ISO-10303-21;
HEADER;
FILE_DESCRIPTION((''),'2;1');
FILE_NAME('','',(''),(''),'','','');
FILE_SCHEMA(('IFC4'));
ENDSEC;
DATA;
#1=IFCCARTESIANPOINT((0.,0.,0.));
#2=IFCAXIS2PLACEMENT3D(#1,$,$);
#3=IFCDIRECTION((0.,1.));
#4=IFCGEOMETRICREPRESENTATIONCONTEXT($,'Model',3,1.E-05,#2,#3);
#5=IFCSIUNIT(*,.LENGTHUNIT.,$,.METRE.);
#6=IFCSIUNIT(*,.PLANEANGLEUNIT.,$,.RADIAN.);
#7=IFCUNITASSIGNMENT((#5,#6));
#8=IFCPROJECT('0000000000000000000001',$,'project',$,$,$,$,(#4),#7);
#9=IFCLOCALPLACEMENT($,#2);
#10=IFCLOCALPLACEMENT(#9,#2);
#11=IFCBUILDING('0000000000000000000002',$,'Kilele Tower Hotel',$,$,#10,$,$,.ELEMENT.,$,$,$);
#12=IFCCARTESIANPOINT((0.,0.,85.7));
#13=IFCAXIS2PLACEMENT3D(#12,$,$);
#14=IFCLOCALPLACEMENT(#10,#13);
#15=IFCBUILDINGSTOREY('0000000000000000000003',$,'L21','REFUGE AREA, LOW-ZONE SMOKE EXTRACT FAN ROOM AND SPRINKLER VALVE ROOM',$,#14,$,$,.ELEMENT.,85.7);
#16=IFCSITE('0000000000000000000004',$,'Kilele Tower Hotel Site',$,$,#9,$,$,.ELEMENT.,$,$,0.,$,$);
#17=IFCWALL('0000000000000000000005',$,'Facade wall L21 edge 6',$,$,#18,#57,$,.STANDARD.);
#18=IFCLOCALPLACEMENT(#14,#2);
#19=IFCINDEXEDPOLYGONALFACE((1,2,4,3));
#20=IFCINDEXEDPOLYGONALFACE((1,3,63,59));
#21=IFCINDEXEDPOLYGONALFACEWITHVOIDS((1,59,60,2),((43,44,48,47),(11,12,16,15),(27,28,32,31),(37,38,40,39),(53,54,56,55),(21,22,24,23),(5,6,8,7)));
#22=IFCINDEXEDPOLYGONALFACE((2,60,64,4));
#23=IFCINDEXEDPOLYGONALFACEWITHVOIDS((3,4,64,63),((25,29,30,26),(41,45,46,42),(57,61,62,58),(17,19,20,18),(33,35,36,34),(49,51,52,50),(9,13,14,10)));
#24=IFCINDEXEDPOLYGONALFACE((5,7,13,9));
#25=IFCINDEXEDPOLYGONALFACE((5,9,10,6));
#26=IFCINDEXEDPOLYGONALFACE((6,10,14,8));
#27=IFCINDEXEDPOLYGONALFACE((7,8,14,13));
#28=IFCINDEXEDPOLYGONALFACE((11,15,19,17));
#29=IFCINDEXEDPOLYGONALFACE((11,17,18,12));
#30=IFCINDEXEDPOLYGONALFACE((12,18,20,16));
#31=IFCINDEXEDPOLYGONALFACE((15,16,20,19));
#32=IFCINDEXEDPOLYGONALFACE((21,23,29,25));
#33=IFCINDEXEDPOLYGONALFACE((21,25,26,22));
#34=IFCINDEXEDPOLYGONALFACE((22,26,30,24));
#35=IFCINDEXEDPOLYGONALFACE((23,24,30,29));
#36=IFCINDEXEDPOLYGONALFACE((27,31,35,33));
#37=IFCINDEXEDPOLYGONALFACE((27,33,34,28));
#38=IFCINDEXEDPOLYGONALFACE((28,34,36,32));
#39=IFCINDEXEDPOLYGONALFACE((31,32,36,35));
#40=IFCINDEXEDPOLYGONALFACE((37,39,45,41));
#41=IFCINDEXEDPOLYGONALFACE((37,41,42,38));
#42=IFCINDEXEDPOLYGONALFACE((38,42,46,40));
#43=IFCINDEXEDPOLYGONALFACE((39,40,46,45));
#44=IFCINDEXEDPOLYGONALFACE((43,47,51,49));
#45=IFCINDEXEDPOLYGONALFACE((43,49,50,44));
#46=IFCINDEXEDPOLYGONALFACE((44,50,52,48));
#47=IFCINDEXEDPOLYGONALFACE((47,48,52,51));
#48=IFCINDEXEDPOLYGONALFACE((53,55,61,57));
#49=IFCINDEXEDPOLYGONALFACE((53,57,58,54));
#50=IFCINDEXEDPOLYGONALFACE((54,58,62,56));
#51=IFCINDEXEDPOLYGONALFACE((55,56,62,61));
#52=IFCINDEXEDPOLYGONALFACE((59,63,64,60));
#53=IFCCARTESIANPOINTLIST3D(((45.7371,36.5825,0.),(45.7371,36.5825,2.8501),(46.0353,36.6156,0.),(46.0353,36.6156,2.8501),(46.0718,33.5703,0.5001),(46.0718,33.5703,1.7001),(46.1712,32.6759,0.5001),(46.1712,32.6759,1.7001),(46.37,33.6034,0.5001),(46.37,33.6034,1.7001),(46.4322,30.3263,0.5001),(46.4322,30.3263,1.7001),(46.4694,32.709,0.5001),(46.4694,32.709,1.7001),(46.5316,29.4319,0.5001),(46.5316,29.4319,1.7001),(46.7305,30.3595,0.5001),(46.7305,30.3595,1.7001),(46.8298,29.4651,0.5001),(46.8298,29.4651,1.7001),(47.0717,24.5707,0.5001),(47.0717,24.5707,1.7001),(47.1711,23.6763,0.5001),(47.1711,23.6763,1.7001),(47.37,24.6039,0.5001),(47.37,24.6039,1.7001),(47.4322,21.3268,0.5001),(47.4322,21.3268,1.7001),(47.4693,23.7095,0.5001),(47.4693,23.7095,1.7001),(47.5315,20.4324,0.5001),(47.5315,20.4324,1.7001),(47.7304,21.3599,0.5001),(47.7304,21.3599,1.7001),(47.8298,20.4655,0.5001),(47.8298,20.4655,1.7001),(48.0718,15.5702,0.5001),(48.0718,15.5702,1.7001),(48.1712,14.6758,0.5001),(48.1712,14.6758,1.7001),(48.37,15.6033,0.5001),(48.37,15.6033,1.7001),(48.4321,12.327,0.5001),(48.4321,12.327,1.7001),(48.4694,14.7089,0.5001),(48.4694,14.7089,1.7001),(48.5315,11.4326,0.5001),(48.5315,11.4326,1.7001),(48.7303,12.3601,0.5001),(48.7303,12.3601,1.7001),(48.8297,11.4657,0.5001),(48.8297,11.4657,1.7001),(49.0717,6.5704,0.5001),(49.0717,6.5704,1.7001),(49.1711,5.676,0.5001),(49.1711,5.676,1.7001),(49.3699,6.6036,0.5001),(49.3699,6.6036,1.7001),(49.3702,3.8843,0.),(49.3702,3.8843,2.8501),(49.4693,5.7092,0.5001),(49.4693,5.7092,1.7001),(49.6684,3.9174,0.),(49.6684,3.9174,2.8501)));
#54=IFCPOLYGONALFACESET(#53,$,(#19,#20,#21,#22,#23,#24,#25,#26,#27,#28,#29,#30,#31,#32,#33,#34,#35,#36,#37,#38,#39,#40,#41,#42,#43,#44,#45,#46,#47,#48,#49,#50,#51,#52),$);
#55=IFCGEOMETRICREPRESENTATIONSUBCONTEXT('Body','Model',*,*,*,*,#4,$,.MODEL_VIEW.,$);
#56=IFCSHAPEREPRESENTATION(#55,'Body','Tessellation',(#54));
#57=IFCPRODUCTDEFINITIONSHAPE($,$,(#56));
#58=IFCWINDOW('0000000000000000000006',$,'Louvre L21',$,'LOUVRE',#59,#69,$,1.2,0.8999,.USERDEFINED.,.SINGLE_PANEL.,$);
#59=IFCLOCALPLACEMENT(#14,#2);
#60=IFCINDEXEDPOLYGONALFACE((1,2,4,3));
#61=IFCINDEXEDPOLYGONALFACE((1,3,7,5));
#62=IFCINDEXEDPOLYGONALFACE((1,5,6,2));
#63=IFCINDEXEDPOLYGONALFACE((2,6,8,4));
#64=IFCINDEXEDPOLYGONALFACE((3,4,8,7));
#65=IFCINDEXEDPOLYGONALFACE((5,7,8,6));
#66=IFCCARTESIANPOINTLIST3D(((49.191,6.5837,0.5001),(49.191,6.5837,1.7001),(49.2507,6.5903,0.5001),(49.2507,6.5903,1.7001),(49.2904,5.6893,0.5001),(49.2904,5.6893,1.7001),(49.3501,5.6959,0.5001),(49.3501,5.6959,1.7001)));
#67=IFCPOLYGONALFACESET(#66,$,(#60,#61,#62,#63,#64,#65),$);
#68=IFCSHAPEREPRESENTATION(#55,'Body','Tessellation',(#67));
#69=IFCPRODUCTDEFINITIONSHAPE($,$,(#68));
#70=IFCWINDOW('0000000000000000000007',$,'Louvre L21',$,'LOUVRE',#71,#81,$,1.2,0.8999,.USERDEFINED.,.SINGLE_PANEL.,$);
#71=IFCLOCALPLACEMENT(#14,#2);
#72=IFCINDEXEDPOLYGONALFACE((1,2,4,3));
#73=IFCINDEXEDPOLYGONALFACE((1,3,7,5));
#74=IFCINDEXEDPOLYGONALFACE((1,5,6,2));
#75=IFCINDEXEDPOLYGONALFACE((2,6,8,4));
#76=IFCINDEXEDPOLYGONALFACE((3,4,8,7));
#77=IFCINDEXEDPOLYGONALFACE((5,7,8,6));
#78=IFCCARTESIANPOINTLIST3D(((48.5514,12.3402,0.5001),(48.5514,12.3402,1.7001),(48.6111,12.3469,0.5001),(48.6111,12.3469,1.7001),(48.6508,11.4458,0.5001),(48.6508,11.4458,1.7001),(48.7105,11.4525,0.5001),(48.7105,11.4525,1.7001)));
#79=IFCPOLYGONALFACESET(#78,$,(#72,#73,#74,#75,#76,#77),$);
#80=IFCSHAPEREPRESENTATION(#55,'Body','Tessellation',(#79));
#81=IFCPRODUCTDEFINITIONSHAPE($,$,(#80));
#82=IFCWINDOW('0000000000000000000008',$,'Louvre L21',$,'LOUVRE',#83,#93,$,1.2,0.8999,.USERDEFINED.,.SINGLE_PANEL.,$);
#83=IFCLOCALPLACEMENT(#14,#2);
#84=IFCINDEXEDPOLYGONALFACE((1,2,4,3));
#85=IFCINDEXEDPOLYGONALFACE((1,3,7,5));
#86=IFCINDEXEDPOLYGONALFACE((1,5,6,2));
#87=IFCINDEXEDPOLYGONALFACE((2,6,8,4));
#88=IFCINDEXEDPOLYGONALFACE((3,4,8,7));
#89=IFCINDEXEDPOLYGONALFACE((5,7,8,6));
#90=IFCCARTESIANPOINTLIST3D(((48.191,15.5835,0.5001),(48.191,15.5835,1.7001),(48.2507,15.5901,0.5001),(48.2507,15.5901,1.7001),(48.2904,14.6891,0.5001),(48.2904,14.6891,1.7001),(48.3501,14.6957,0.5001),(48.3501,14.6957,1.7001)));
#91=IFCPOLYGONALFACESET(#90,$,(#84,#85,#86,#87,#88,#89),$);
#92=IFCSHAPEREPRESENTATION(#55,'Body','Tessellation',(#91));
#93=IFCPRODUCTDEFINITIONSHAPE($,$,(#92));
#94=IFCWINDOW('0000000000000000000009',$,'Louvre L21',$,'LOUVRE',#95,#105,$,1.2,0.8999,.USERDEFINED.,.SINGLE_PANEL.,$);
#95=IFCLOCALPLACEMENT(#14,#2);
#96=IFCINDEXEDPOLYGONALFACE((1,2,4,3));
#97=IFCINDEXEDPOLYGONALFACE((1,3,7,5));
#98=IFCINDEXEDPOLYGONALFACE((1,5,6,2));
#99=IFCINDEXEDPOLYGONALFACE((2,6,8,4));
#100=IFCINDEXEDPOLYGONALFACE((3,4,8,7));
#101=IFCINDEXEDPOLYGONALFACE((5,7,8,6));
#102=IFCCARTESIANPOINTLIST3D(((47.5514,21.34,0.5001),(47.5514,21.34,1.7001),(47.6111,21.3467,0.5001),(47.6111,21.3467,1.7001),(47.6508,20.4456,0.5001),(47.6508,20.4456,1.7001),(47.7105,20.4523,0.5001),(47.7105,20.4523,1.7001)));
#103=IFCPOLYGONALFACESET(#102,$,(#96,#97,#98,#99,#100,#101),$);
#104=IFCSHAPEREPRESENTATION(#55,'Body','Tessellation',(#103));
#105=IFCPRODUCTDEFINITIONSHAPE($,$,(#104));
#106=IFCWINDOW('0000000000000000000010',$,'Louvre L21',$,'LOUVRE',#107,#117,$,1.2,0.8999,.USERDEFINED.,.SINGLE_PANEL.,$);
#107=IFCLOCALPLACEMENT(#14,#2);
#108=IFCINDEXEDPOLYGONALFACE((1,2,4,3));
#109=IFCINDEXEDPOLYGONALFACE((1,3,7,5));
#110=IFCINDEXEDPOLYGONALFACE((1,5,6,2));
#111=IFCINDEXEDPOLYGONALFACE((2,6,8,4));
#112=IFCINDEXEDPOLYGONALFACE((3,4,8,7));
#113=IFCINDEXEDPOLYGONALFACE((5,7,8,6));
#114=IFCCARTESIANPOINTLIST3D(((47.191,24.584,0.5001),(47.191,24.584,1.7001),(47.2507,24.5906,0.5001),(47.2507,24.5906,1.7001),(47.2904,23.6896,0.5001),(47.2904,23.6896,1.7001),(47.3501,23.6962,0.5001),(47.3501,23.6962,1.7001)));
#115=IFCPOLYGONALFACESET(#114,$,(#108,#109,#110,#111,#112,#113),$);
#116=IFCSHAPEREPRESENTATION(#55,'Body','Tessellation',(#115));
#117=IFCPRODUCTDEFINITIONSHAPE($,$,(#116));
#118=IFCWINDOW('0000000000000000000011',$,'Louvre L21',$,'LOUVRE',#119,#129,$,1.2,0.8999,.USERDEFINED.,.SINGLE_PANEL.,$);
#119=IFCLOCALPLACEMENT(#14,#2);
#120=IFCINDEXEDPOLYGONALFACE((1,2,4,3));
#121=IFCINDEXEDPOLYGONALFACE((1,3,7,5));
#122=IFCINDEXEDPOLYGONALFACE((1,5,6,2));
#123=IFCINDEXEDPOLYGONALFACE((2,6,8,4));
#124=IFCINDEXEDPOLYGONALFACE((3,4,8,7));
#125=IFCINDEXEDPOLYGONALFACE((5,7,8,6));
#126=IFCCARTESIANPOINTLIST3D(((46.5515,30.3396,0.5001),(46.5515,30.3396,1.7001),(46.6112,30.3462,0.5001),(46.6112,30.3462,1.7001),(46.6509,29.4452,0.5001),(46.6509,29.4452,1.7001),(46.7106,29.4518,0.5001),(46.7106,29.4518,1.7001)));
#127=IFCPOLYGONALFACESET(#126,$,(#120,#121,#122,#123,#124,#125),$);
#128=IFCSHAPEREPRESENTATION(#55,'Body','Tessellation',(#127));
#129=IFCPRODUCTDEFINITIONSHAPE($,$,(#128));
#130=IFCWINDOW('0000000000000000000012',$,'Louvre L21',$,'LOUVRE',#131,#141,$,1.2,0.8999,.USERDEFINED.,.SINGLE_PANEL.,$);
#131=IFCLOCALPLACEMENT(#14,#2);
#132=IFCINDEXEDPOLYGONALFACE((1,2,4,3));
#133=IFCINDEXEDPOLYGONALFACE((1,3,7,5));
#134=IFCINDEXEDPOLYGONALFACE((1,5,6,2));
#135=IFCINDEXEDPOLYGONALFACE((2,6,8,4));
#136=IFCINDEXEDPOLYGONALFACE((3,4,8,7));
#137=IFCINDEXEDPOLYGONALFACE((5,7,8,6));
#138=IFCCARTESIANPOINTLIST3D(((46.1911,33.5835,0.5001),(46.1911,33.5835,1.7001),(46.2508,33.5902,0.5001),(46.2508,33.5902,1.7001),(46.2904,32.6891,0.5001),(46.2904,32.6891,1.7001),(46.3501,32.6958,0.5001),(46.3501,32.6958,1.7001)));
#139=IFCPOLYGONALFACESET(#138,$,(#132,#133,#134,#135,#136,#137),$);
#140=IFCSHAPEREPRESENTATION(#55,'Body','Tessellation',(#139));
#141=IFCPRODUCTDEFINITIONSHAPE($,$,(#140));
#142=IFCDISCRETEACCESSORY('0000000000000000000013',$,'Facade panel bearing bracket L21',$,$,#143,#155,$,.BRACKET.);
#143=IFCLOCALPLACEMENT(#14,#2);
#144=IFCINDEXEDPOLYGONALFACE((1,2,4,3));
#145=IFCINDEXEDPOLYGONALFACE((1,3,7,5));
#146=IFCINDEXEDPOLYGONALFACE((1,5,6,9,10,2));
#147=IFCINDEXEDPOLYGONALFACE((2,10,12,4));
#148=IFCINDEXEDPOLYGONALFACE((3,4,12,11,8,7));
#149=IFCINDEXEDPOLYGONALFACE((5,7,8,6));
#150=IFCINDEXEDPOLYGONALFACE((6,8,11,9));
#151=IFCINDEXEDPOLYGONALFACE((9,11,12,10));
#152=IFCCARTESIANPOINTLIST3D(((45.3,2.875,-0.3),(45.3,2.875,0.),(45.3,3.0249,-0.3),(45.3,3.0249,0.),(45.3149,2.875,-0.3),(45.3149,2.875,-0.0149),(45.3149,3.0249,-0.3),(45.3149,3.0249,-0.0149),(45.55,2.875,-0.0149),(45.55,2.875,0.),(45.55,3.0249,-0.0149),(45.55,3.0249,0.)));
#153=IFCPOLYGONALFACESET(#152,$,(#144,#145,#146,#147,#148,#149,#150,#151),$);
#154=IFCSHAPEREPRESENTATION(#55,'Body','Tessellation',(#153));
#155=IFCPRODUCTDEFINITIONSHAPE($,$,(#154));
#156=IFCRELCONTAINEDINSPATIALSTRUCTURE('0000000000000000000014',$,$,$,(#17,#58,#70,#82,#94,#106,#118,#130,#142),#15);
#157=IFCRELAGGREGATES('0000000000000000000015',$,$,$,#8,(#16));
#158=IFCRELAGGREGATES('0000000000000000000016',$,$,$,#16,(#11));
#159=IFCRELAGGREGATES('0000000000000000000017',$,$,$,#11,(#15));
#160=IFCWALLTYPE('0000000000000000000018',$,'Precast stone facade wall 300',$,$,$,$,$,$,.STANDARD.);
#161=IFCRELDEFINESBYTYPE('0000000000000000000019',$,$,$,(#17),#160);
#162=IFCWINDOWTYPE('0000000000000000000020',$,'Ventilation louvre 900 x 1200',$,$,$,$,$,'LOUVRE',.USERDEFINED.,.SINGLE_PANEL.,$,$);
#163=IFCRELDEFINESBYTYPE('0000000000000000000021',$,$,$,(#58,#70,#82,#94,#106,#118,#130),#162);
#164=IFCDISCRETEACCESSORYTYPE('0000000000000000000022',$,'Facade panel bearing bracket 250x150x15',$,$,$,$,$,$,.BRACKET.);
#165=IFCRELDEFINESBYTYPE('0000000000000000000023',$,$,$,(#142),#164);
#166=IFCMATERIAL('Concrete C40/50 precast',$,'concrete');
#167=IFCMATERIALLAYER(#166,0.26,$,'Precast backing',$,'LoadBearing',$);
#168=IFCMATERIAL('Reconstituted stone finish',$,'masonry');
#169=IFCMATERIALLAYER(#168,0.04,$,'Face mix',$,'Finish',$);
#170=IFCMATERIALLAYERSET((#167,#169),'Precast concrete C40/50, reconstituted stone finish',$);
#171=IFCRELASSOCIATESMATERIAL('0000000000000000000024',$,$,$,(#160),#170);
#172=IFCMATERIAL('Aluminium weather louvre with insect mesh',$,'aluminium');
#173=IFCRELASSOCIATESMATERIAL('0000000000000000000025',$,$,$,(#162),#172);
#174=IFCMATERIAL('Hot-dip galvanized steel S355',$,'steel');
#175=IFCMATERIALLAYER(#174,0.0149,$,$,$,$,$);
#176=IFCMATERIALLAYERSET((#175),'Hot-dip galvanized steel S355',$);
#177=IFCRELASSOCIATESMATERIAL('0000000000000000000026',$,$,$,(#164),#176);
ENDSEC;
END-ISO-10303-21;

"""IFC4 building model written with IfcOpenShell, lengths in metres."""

from ifc_helpers import new_model, si_unit, direction, frame, frame_2d, origin, place, context, subcontext, project, spatial, polyline, rectangle, outline, extrude, source, transform, mapped, material, layer, layer_set, type_object, element, fill, save


model = new_model("IFC4")

# Units and contexts
model_context = context("Model", 3, precision=1e-05, world=origin(), true_north=direction((0.0, 1.0)))
body_context = subcontext(model_context, "Body", "Model", "MODEL_VIEW")
ifc_project = project(units=[si_unit("LENGTHUNIT", "METRE"), si_unit("PLANEANGLEUNIT", "RADIAN")], contexts=[model_context])

# Site, building, storey
site_placement = place(None, origin())
site = spatial("IfcSite", under=ifc_project, at=site_placement, Name="Kilele Tower Hotel Site", CompositionType="ELEMENT", RefElevation=0.0)
building_placement = place(site_placement, origin())
building = spatial("IfcBuilding", under=site, at=building_placement, Name="Kilele Tower Hotel", CompositionType="ELEMENT")
storey_placement = place(building_placement, frame((0.0, 0.0, 85.7)))
storey = spatial("IfcBuildingStorey", under=building, at=storey_placement, Name="L21", Description="REFUGE AREA, LOW-ZONE SMOKE EXTRACT FAN ROOM AND SPRINKLER VALVE ROOM", CompositionType="ELEMENT", Elevation=85.7)

# Shared definitions
ifc_material_1 = material(Name="Concrete C40/50 precast", Category="concrete")
ifc_layer_1 = layer(ifc_material_1, 0.26, Name="Precast backing", Category="LoadBearing")
ifc_material_2 = material(Name="Reconstituted stone finish", Category="masonry")
ifc_layer_2 = layer(ifc_material_2, 0.04, Name="Face mix", Category="Finish")
ifc_layer_set_1 = layer_set([ifc_layer_1, ifc_layer_2], Name="Precast concrete C40/50, reconstituted stone finish")
wall_type = type_object("IfcWallType", Name="Precast stone facade wall 300", PredefinedType="STANDARD", material=ifc_layer_set_1)
ifc_material_3 = material(Name="Aluminium weather louvre with insect mesh", Category="aluminium")
window_type = type_object("IfcWindowType", Name="Ventilation louvre 900 x 1200", ElementType="LOUVRE", PartitioningType="SINGLE_PANEL", PredefinedType="USERDEFINED", material=ifc_material_3)

# Wall, openings, windows
wall_1_placement = place(storey_placement, frame((49.5193, 3.9009, 0.0), z_axis=(0.0, 0.0, 1.0), x_axis=(-0.110429, 0.993884, 0.0)))
wall_1 = element("IfcWall", 1, at=wall_1_placement, inside=storey, type_object=wall_type, Name="Facade wall L21 edge 6", PredefinedType="STANDARD", context=body_context, shape_type="SweptSolid", body=[
    extrude(rectangle(XDim=32.8994, YDim=0.3, at=frame_2d((16.4497, 0.0))), origin(), (0.0, 0.0, 1.0), 2.8501),
])
opening_1_placement = place(wall_1_placement, frame((1.8027, 0.0, 0.5)))
opening_1 = element("IfcOpeningElement", 2, at=opening_1_placement, cuts=wall_1, PredefinedType="OPENING", context=body_context, shape_type="SweptSolid", body=[
    extrude(rectangle(XDim=0.8999, YDim=1.2, at=frame_2d((0.45, 0.6001))), frame((0.0, 0.1599, 0.0), z_axis=(0.0, -1.0, 0.0), x_axis=(1.0, 0.0, 0.0)), (0.0, 0.0, 1.0), 0.3201),
])
opening_2_placement = place(wall_1_placement, frame((7.5947, 0.0, 0.5)))
opening_2 = element("IfcOpeningElement", 3, at=opening_2_placement, cuts=wall_1, PredefinedType="OPENING", context=body_context, shape_type="SweptSolid", body=[
    extrude(rectangle(XDim=0.8999, YDim=1.2, at=frame_2d((0.45, 0.6001))), frame((0.0, 0.1599, 0.0), z_axis=(0.0, -1.0, 0.0), x_axis=(1.0, 0.0, 0.0)), (0.0, 0.0, 1.0), 0.3201),
])
opening_3_placement = place(wall_1_placement, frame((10.8579, 0.0, 0.5)))
opening_3 = element("IfcOpeningElement", 4, at=opening_3_placement, cuts=wall_1, PredefinedType="OPENING", context=body_context, shape_type="SweptSolid", body=[
    extrude(rectangle(XDim=0.8999, YDim=1.2, at=frame_2d((0.45, 0.6001))), frame((0.0, 0.1599, 0.0), z_axis=(0.0, -1.0, 0.0), x_axis=(1.0, 0.0, 0.0)), (0.0, 0.0, 1.0), 0.3201),
])
opening_4_placement = place(wall_1_placement, frame((16.6499, 0.0, 0.5)))
opening_4 = element("IfcOpeningElement", 5, at=opening_4_placement, cuts=wall_1, PredefinedType="OPENING", context=body_context, shape_type="SweptSolid", body=[
    extrude(rectangle(XDim=0.8999, YDim=1.2, at=frame_2d((0.45, 0.6001))), frame((0.0, 0.1599, 0.0), z_axis=(0.0, -1.0, 0.0), x_axis=(1.0, 0.0, 0.0)), (0.0, 0.0, 1.0), 0.3201),
])
opening_5_placement = place(wall_1_placement, frame((19.9138, 0.0, 0.5)))
opening_5 = element("IfcOpeningElement", 6, at=opening_5_placement, cuts=wall_1, PredefinedType="OPENING", context=body_context, shape_type="SweptSolid", body=[
    extrude(rectangle(XDim=0.8999, YDim=1.2, at=frame_2d((0.45, 0.6001))), frame((0.0, 0.1599, 0.0), z_axis=(0.0, -1.0, 0.0), x_axis=(1.0, 0.0, 0.0)), (0.0, 0.0, 1.0), 0.3201),
])
opening_6_placement = place(wall_1_placement, frame((25.7048, 0.0, 0.5)))
opening_6 = element("IfcOpeningElement", 7, at=opening_6_placement, cuts=wall_1, PredefinedType="OPENING", context=body_context, shape_type="SweptSolid", body=[
    extrude(rectangle(XDim=0.8999, YDim=1.2, at=frame_2d((0.45, 0.6001))), frame((0.0, 0.1599, 0.0), z_axis=(0.0, -1.0, 0.0), x_axis=(1.0, 0.0, 0.0)), (0.0, 0.0, 1.0), 0.3201),
])
opening_7_placement = place(wall_1_placement, frame((28.9688, 0.0, 0.5)))
opening_7 = element("IfcOpeningElement", 8, at=opening_7_placement, cuts=wall_1, PredefinedType="OPENING", context=body_context, shape_type="SweptSolid", body=[
    extrude(rectangle(XDim=0.8999, YDim=1.2, at=frame_2d((0.45, 0.6001))), frame((0.0, 0.1599, 0.0), z_axis=(0.0, -1.0, 0.0), x_axis=(1.0, 0.0, 0.0)), (0.0, 0.0, 1.0), 0.3201),
])
window_1_placement = place(opening_1_placement, origin())
window_1 = element("IfcWindow", 9, at=window_1_placement, inside=storey, type_object=window_type, Name="Louvre L21", ObjectType="LOUVRE", OverallHeight=1.2, OverallWidth=0.8999, PartitioningType="SINGLE_PANEL", PredefinedType="USERDEFINED", context=body_context, shape_type="SweptSolid", body=[
    extrude(rectangle(XDim=0.8999, YDim=1.2, at=frame_2d((0.45, 0.6001))), frame((0.0, 0.03, 0.0), z_axis=(0.0, -1.0, 0.0), x_axis=(1.0, 0.0, 0.0)), (0.0, 0.0, 1.0), 0.0601),
])
fill(opening_1, window_1)
window_2_placement = place(opening_2_placement, origin())
window_2 = element("IfcWindow", 10, at=window_2_placement, inside=storey, type_object=window_type, Name="Louvre L21", ObjectType="LOUVRE", OverallHeight=1.2, OverallWidth=0.8999, PartitioningType="SINGLE_PANEL", PredefinedType="USERDEFINED", context=body_context, shape_type="SweptSolid", body=[
    extrude(rectangle(XDim=0.8999, YDim=1.2, at=frame_2d((0.45, 0.6001))), frame((0.0, 0.03, 0.0), z_axis=(0.0, -1.0, 0.0), x_axis=(1.0, 0.0, 0.0)), (0.0, 0.0, 1.0), 0.0601),
])
fill(opening_2, window_2)
window_3_placement = place(opening_3_placement, origin())
window_3 = element("IfcWindow", 11, at=window_3_placement, inside=storey, type_object=window_type, Name="Louvre L21", ObjectType="LOUVRE", OverallHeight=1.2, OverallWidth=0.8999, PartitioningType="SINGLE_PANEL", PredefinedType="USERDEFINED", context=body_context, shape_type="SweptSolid", body=[
    extrude(rectangle(XDim=0.8999, YDim=1.2, at=frame_2d((0.45, 0.6001))), frame((0.0, 0.03, 0.0), z_axis=(0.0, -1.0, 0.0), x_axis=(1.0, 0.0, 0.0)), (0.0, 0.0, 1.0), 0.0601),
])
fill(opening_3, window_3)
window_4_placement = place(opening_4_placement, origin())
window_4 = element("IfcWindow", 12, at=window_4_placement, inside=storey, type_object=window_type, Name="Louvre L21", ObjectType="LOUVRE", OverallHeight=1.2, OverallWidth=0.8999, PartitioningType="SINGLE_PANEL", PredefinedType="USERDEFINED", context=body_context, shape_type="SweptSolid", body=[
    extrude(rectangle(XDim=0.8999, YDim=1.2, at=frame_2d((0.45, 0.6001))), frame((0.0, 0.03, 0.0), z_axis=(0.0, -1.0, 0.0), x_axis=(1.0, 0.0, 0.0)), (0.0, 0.0, 1.0), 0.0601),
])
fill(opening_4, window_4)
window_5_placement = place(opening_5_placement, origin())
window_5 = element("IfcWindow", 13, at=window_5_placement, inside=storey, type_object=window_type, Name="Louvre L21", ObjectType="LOUVRE", OverallHeight=1.2, OverallWidth=0.8999, PartitioningType="SINGLE_PANEL", PredefinedType="USERDEFINED", context=body_context, shape_type="SweptSolid", body=[
    extrude(rectangle(XDim=0.8999, YDim=1.2, at=frame_2d((0.45, 0.6001))), frame((0.0, 0.03, 0.0), z_axis=(0.0, -1.0, 0.0), x_axis=(1.0, 0.0, 0.0)), (0.0, 0.0, 1.0), 0.0601),
])
fill(opening_5, window_5)
window_6_placement = place(opening_6_placement, origin())
window_6 = element("IfcWindow", 14, at=window_6_placement, inside=storey, type_object=window_type, Name="Louvre L21", ObjectType="LOUVRE", OverallHeight=1.2, OverallWidth=0.8999, PartitioningType="SINGLE_PANEL", PredefinedType="USERDEFINED", context=body_context, shape_type="SweptSolid", body=[
    extrude(rectangle(XDim=0.8999, YDim=1.2, at=frame_2d((0.45, 0.6001))), frame((0.0, 0.03, 0.0), z_axis=(0.0, -1.0, 0.0), x_axis=(1.0, 0.0, 0.0)), (0.0, 0.0, 1.0), 0.0601),
])
fill(opening_6, window_6)
window_7_placement = place(opening_7_placement, origin())
window_7 = element("IfcWindow", 15, at=window_7_placement, inside=storey, type_object=window_type, Name="Louvre L21", ObjectType="LOUVRE", OverallHeight=1.2, OverallWidth=0.8999, PartitioningType="SINGLE_PANEL", PredefinedType="USERDEFINED", context=body_context, shape_type="SweptSolid", body=[
    extrude(rectangle(XDim=0.8999, YDim=1.2, at=frame_2d((0.45, 0.6001))), frame((0.0, 0.03, 0.0), z_axis=(0.0, -1.0, 0.0), x_axis=(1.0, 0.0, 0.0)), (0.0, 0.0, 1.0), 0.0601),
])
fill(opening_7, window_7)

# Discrete accessory
ifc_material_4 = material(Name="Hot-dip galvanized steel S355", Category="steel")
ifc_layer_3 = layer(ifc_material_4, 0.0149)
ifc_layer_set_2 = layer_set([ifc_layer_3], Name="Hot-dip galvanized steel S355")
discrete_accessory_type_1 = type_object("IfcDiscreteAccessoryType", Name="Facade panel bearing bracket 250x150x15", PredefinedType="BRACKET", material=ifc_layer_set_2)
shared_shape_1 = source(origin(), body_context, "Body", "SweptSolid", [
    extrude(outline(polyline([(0.0, 0.0), (0.25, 0.0), (0.25, -0.0149), (0.0149, -0.0149), (0.0149, -0.3), (0.0, -0.3), (0.0, 0.0)])), origin(), (0.0, 0.0, 1.0), 0.1499),
])
for number, where, z_axis, x_axis, name in (
    (16, (45.3, 3.0249, 0.0), (0.0, -1.0, 0.0), (1.0, 0.0, 0.0), "Facade panel bearing bracket L21"),
):
    element("IfcDiscreteAccessory", number, at=place(storey_placement, frame(where, z_axis=z_axis, x_axis=x_axis)), inside=storey, type_object=discrete_accessory_type_1, Name=name, PredefinedType="BRACKET", context=body_context, shape_type="MappedRepresentation", body=[
        mapped(shared_shape_1, transform((0.0, 0.0, 0.0))),
    ])

save(model, "model.ifc")
